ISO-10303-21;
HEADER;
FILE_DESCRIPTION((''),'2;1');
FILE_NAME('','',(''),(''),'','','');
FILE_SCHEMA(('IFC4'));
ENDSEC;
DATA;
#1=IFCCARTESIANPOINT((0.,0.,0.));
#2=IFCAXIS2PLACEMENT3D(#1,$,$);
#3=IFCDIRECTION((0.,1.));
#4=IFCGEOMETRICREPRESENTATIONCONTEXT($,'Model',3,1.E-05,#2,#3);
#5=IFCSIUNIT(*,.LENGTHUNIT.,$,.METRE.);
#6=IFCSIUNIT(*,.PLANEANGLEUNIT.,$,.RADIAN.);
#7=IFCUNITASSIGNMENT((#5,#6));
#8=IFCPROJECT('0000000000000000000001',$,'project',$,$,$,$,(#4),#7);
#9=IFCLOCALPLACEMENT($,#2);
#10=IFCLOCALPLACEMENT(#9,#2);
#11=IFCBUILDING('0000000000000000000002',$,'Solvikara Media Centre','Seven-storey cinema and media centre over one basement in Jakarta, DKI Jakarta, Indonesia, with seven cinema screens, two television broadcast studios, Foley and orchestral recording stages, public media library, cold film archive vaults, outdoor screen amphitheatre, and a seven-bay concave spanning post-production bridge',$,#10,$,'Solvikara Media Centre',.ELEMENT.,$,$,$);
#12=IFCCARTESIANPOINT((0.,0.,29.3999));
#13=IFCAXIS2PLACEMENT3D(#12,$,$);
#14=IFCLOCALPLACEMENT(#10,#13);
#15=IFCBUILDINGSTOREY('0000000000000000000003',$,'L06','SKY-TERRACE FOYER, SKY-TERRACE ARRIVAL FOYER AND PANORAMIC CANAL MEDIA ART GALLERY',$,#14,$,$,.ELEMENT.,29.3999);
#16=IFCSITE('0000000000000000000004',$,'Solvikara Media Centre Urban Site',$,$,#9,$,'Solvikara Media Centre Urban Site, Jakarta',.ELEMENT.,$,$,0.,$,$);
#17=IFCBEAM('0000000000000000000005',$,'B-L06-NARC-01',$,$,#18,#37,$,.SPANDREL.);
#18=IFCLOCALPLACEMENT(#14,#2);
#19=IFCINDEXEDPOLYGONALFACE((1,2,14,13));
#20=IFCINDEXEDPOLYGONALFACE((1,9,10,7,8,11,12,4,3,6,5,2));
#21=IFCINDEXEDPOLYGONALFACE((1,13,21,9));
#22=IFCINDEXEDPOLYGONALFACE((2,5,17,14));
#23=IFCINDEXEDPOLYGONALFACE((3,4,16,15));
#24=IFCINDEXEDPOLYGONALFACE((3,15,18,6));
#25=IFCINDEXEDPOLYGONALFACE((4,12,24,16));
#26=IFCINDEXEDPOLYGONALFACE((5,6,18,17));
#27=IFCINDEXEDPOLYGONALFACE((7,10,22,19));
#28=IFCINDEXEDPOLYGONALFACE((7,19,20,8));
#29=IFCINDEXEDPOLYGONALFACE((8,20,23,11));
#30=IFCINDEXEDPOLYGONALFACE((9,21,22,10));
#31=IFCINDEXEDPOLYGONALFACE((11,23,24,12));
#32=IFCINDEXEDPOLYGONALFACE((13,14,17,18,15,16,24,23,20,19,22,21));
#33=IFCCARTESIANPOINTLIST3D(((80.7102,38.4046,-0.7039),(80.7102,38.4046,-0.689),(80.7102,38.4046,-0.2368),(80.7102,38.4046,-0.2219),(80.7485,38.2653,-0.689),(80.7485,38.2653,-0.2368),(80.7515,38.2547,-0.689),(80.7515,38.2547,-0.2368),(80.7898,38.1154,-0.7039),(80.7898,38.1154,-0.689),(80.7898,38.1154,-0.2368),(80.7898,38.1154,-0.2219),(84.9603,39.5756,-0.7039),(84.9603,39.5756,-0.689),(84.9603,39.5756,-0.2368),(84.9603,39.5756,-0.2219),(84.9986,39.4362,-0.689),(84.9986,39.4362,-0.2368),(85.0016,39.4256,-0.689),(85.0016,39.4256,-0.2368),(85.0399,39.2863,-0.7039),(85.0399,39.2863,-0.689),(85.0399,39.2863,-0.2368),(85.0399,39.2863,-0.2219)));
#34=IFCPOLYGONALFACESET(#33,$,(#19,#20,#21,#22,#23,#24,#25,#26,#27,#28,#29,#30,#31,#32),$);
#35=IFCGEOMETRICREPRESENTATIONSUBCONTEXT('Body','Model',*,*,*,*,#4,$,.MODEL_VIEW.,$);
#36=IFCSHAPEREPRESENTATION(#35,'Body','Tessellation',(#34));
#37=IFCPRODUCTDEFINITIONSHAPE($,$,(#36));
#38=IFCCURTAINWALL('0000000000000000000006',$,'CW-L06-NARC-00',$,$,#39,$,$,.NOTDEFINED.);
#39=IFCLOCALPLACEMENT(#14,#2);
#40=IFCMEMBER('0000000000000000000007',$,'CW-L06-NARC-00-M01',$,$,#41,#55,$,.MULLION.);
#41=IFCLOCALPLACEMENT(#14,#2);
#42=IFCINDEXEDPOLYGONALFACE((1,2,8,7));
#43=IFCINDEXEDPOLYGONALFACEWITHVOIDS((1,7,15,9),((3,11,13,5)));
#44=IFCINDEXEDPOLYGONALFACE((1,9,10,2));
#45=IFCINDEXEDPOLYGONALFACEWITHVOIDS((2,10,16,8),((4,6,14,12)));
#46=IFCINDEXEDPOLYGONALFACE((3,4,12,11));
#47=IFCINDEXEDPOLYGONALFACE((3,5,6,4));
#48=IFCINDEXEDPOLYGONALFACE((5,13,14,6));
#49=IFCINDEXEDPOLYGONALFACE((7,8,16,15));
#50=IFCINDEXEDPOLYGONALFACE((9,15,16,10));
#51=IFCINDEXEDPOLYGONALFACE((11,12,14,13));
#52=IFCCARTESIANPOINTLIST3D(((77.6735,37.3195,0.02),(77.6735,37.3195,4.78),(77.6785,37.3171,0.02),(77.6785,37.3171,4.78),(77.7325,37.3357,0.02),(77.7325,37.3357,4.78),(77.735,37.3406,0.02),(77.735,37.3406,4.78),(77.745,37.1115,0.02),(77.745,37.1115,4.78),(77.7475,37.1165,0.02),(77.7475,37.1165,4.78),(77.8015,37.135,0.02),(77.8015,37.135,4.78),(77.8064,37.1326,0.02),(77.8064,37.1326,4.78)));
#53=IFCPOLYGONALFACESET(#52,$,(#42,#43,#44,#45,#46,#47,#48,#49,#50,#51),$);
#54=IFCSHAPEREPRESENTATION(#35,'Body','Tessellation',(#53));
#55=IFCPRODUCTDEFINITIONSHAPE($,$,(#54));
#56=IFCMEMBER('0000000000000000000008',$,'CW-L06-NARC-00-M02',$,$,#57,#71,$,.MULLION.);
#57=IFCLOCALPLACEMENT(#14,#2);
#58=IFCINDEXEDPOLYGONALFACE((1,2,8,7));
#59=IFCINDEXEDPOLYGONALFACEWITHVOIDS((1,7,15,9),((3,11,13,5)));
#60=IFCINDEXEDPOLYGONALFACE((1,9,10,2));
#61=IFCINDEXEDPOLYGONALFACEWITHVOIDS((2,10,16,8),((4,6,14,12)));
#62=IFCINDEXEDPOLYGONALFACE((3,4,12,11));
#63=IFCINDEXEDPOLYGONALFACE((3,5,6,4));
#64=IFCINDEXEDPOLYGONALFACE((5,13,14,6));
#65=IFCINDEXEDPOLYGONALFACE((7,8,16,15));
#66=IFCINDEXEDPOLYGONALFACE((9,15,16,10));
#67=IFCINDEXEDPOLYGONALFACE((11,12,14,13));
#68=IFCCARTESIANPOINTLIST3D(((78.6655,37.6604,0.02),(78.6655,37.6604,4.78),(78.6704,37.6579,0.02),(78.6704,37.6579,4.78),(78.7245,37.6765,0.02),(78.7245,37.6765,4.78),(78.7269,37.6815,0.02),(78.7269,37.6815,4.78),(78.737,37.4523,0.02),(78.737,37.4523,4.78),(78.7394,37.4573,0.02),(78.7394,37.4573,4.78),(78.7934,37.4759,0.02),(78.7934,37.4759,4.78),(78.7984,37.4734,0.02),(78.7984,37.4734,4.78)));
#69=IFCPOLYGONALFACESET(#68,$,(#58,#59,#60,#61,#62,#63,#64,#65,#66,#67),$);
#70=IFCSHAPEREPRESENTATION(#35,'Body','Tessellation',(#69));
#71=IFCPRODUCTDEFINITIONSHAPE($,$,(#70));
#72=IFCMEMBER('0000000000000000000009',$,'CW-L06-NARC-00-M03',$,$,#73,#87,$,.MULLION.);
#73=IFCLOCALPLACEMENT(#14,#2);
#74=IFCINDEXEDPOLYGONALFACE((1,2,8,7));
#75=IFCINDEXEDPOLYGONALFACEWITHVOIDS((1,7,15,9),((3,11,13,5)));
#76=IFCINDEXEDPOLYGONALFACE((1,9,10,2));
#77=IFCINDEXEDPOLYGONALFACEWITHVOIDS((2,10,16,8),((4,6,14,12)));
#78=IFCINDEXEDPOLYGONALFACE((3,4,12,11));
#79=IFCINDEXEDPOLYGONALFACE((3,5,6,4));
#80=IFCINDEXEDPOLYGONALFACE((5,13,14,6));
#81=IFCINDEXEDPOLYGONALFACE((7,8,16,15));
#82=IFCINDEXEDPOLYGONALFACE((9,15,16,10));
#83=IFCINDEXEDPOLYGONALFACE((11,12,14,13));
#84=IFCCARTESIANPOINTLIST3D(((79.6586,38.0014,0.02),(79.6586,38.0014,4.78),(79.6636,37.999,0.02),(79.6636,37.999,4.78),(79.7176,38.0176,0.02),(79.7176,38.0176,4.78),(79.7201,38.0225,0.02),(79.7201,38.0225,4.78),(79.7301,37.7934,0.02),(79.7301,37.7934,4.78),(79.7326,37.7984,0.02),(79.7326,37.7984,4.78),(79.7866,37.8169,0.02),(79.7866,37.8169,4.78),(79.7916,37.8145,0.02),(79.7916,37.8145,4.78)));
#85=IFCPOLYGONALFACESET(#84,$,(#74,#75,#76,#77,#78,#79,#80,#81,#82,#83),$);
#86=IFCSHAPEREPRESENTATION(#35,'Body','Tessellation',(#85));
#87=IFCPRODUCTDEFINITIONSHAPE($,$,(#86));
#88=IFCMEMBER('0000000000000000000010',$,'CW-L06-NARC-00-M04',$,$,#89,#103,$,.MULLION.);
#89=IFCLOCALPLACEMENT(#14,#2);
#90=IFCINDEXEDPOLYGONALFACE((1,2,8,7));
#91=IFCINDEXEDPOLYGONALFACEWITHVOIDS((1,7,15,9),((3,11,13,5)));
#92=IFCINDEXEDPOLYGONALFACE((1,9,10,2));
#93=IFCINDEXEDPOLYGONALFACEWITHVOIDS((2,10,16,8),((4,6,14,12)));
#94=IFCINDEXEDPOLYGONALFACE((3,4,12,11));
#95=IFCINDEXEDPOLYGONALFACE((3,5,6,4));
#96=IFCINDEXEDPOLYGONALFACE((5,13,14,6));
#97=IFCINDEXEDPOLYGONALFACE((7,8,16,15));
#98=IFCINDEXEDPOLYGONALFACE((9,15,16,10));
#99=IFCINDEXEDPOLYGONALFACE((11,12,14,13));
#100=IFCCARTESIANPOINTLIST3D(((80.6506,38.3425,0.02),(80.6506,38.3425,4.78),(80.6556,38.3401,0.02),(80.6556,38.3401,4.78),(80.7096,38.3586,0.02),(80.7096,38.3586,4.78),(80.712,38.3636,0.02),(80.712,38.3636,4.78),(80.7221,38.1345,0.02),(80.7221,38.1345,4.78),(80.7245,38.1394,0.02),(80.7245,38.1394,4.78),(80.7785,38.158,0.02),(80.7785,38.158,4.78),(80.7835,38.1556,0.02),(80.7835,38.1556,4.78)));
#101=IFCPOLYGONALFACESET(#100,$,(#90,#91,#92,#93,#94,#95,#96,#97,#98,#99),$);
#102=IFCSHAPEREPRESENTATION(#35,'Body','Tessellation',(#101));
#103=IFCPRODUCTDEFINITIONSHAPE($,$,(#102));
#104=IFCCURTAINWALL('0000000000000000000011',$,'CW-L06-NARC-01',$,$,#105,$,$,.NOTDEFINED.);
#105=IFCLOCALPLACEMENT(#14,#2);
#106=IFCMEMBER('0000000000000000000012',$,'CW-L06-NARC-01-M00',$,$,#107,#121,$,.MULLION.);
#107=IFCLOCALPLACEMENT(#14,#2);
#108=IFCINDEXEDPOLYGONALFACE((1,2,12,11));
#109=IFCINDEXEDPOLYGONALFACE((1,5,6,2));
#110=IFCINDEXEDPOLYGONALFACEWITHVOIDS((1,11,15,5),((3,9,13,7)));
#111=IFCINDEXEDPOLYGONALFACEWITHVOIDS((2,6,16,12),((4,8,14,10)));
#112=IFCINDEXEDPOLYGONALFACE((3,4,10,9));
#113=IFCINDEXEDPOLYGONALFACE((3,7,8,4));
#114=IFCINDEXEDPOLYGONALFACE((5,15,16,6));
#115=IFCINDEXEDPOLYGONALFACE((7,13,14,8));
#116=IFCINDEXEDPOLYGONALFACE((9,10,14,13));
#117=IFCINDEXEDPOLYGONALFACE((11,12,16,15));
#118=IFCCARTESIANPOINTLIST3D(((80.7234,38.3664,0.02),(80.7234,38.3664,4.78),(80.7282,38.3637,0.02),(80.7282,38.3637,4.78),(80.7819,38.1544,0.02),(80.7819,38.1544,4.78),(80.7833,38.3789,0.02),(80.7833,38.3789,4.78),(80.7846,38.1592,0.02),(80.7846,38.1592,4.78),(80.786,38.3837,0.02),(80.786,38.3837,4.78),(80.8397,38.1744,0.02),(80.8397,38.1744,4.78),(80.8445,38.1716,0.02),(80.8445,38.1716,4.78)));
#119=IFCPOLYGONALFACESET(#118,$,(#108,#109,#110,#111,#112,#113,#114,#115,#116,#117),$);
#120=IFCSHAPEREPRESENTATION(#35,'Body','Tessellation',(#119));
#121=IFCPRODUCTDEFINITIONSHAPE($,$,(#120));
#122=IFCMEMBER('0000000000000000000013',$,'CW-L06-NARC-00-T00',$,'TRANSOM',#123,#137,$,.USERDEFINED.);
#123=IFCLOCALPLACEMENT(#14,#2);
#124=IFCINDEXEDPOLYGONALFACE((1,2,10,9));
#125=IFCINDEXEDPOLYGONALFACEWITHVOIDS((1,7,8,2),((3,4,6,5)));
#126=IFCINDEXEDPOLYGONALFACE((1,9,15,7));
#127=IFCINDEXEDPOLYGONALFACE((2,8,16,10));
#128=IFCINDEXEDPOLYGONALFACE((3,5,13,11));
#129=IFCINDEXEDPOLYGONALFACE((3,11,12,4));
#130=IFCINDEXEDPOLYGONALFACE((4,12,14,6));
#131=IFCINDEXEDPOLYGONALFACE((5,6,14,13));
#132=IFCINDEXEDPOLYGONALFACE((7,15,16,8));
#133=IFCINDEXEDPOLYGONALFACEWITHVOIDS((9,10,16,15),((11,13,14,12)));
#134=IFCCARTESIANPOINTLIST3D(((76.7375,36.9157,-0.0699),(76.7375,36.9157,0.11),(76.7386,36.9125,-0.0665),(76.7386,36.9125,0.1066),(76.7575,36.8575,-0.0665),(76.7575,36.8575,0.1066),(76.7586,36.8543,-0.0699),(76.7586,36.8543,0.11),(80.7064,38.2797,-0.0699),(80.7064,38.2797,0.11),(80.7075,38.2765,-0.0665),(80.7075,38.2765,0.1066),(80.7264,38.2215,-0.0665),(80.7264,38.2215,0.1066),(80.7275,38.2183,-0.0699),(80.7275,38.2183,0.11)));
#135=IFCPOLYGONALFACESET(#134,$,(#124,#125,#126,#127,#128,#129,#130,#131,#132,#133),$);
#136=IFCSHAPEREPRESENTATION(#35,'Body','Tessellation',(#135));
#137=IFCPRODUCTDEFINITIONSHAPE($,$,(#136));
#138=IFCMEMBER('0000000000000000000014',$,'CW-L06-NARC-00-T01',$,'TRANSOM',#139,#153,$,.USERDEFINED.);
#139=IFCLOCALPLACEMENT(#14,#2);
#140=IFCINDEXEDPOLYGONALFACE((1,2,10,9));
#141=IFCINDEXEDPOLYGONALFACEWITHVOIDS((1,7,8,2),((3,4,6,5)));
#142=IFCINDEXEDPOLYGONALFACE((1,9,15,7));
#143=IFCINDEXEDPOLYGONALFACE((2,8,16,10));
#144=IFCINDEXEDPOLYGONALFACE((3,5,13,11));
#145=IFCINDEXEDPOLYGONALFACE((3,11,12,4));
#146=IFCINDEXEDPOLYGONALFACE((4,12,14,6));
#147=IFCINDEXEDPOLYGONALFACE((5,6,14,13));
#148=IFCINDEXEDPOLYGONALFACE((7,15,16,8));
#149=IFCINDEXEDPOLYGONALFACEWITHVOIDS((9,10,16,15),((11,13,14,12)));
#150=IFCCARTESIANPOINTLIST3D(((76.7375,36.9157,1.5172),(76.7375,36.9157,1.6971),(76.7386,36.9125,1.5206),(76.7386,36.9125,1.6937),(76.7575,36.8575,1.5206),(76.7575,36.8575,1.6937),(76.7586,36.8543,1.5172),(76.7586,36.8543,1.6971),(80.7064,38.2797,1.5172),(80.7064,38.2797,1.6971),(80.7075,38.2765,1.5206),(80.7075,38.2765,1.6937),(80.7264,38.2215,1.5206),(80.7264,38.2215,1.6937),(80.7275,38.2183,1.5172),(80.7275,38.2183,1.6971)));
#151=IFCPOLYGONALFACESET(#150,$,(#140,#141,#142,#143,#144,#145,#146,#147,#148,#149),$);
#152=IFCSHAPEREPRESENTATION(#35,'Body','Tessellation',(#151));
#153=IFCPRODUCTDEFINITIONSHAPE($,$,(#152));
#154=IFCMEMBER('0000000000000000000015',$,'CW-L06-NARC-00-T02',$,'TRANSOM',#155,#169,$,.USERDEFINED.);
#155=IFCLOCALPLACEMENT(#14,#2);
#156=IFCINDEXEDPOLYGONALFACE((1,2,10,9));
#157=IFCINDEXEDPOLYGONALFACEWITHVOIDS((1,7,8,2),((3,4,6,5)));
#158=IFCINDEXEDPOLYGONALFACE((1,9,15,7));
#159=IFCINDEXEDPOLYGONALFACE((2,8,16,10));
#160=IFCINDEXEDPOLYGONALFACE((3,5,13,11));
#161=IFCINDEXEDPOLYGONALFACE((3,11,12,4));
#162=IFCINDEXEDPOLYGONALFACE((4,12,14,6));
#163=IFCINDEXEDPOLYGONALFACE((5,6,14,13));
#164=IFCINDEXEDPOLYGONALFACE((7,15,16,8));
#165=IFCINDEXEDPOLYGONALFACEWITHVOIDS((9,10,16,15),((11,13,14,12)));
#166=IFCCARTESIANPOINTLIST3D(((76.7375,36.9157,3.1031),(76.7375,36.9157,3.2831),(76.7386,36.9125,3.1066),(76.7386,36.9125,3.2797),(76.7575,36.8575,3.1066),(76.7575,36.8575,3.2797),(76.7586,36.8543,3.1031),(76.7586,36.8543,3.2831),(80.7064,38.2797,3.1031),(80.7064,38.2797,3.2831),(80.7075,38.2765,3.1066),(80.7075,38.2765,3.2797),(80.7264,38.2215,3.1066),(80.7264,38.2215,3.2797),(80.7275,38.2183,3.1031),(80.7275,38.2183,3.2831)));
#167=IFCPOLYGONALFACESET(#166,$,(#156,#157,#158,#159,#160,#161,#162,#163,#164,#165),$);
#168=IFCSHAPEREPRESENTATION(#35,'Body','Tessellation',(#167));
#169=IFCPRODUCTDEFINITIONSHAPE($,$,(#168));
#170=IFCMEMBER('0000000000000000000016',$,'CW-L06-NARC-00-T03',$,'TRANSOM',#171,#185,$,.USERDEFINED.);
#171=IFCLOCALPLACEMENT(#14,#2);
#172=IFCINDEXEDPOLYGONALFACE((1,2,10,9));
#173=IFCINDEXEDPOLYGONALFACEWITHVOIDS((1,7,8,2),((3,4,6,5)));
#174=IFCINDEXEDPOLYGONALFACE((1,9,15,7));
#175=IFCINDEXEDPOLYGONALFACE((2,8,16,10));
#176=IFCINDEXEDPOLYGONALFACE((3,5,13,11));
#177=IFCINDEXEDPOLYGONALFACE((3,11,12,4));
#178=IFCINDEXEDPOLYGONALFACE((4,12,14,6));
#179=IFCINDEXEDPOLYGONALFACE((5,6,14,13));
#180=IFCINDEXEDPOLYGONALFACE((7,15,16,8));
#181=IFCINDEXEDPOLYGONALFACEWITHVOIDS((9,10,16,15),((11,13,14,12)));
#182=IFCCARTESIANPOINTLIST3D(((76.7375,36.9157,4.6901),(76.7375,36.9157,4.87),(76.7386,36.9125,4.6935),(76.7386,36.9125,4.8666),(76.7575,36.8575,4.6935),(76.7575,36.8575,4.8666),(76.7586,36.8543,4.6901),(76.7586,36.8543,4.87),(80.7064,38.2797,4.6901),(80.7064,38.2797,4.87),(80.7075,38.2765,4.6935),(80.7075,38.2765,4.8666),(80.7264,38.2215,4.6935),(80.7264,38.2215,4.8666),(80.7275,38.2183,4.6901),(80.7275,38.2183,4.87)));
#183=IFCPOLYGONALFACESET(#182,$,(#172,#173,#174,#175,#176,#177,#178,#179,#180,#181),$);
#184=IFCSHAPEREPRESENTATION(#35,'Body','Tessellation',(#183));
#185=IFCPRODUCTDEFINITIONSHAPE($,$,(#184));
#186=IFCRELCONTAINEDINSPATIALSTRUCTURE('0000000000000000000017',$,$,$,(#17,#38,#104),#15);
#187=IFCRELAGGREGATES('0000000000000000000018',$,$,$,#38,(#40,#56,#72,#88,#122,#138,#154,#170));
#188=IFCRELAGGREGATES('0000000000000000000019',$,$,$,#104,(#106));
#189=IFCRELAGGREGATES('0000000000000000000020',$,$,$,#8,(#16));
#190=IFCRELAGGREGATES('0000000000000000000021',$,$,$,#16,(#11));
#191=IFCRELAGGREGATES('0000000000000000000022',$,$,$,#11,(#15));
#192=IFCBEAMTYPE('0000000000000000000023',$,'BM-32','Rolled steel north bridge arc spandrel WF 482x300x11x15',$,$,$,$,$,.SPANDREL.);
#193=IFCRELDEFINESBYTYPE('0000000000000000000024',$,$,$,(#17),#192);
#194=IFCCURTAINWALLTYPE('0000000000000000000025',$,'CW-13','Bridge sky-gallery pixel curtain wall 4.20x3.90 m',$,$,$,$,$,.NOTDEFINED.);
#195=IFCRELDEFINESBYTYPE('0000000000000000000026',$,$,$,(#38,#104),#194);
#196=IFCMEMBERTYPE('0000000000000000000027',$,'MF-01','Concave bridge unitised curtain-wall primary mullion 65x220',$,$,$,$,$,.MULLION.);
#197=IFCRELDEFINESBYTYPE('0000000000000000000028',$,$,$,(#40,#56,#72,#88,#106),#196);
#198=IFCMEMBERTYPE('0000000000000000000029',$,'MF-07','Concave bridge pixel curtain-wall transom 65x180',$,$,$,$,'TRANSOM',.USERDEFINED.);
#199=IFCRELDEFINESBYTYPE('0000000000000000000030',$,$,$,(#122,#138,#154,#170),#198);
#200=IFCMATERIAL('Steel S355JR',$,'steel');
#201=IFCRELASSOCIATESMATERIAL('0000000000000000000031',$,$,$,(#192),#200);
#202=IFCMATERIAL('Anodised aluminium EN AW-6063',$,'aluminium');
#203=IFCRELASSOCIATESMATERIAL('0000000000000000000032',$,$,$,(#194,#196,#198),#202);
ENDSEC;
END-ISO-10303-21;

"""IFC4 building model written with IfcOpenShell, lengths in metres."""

from ifc_helpers import new_model, si_unit, direction, frame, origin, origin_2d, place, context, subcontext, project, spatial, hollow_rectangle, i_section, extrude, material, material_profile, profile_set, type_object, element, aggregate, save


model = new_model("IFC4")

# Units and contexts
model_context = context("Model", 3, precision=1e-05, world=origin(), true_north=direction((0.0, 1.0)))
body_context = subcontext(model_context, "Body", "Model", "MODEL_VIEW")
ifc_project = project(units=[si_unit("LENGTHUNIT", "METRE"), si_unit("PLANEANGLEUNIT", "RADIAN")], contexts=[model_context])

# Site, building, storey
site_placement = place(None, origin())
site = spatial("IfcSite", under=ifc_project, at=site_placement, Name="Solvikara Media Centre Urban Site", LongName="Solvikara Media Centre Urban Site, Jakarta", CompositionType="ELEMENT", RefElevation=0.0)
building_placement = place(site_placement, origin())
building = spatial("IfcBuilding", under=site, at=building_placement, Name="Solvikara Media Centre", Description="Seven-storey cinema and media centre over one basement in Jakarta, DKI Jakarta, Indonesia, with seven cinema screens, two television broadcast studios, Foley and orchestral recording stages, public media library, cold film archive vaults, outdoor screen amphitheatre, and a seven-bay concave spanning post-production bridge", LongName="Solvikara Media Centre", CompositionType="ELEMENT")
storey_placement = place(building_placement, frame((0.0, 0.0, 29.3999)))
storey = spatial("IfcBuildingStorey", under=building, at=storey_placement, Name="L06", Description="SKY-TERRACE FOYER, SKY-TERRACE ARRIVAL FOYER AND PANORAMIC CANAL MEDIA ART GALLERY", CompositionType="ELEMENT", Elevation=29.3999)

# Beam
ifc_material_1 = material(Name="Steel S355JR", Category="steel")
ifc_material_profile_1 = material_profile(ifc_material_1, i_section(OverallWidth=0.3, OverallDepth=0.4819, WebThickness=0.011, FlangeThickness=0.0149, at=origin_2d()), Name="WF 482x300x11x15")
ifc_profile_set_1 = profile_set([ifc_material_profile_1], Name="Steel S355JR")
beam_type = type_object("IfcBeamType", Name="BM-32", Description="Rolled steel north bridge arc spandrel WF 482x300x11x15", PredefinedType="SPANDREL", material=ifc_profile_set_1)
beam_placement = place(storey_placement, frame((80.75, 38.26, -0.4629), z_axis=(0.964081, 0.26561, 0.0), x_axis=(-0.26561, 0.964081, 0.0)))
element("IfcBeam", 1, at=beam_placement, inside=storey, type_object=beam_type, Name="B-L06-NARC-01", PredefinedType="SPANDREL", context=body_context, shape_type="SweptSolid", body=[
    extrude(i_section(OverallWidth=0.3, OverallDepth=0.4819, WebThickness=0.011, FlangeThickness=0.0149, at=origin_2d()), origin(), (0.0, 0.0, 1.0), 4.4084),
])

# Curtain wall, members
ifc_material_2 = material(Name="Anodised aluminium EN AW-6063", Category="aluminium")
curtain_wall_type = type_object("IfcCurtainWallType", Name="CW-13", Description="Bridge sky-gallery pixel curtain wall 4.20x3.90 m", PredefinedType="NOTDEFINED", material=ifc_material_2)
curtain_wall_1_placement = place(storey_placement, origin())
curtain_wall_1 = element("IfcCurtainWall", 2, at=curtain_wall_1_placement, inside=storey, type_object=curtain_wall_type, Name="CW-L06-NARC-00", PredefinedType="NOTDEFINED")
ifc_material_profile_2 = material_profile(ifc_material_2, hollow_rectangle(XDim=0.0649, YDim=0.22, WallThickness=0.0039, at=origin_2d()), Name="ALU-M 65x220x4")
ifc_profile_set_2 = profile_set([ifc_material_profile_2], Name="Anodised aluminium EN AW-6063")
member_type_1 = type_object("IfcMemberType", Name="MF-01", Description="Concave bridge unitised curtain-wall primary mullion 65x220", PredefinedType="MULLION", material=ifc_profile_set_2)
member_1_placement = place(storey_placement, frame((77.74, 37.2261, 0.02), z_axis=(0.0, 0.0, 1.0), x_axis=(0.945712, 0.325007, 0.0)))
member_1 = element("IfcMember", 3, at=member_1_placement, type_object=member_type_1, Name="CW-L06-NARC-00-M01", PredefinedType="MULLION", context=body_context, shape_type="SweptSolid", body=[
    extrude(hollow_rectangle(XDim=0.0649, YDim=0.22, WallThickness=0.0039, at=origin_2d()), origin(), (0.0, 0.0, 1.0), 4.76),
])
member_2_placement = place(storey_placement, frame((78.7319, 37.5669, 0.02), z_axis=(0.0, 0.0, 1.0), x_axis=(0.945712, 0.325007, 0.0)))
member_2 = element("IfcMember", 4, at=member_2_placement, type_object=member_type_1, Name="CW-L06-NARC-00-M02", PredefinedType="MULLION", context=body_context, shape_type="SweptSolid", body=[
    extrude(hollow_rectangle(XDim=0.0649, YDim=0.22, WallThickness=0.0039, at=origin_2d()), origin(), (0.0, 0.0, 1.0), 4.76),
])
member_3_placement = place(storey_placement, frame((79.7251, 37.908, 0.02), z_axis=(0.0, 0.0, 1.0), x_axis=(0.945712, 0.325007, 0.0)))
member_3 = element("IfcMember", 5, at=member_3_placement, type_object=member_type_1, Name="CW-L06-NARC-00-M03", PredefinedType="MULLION", context=body_context, shape_type="SweptSolid", body=[
    extrude(hollow_rectangle(XDim=0.0649, YDim=0.22, WallThickness=0.0039, at=origin_2d()), origin(), (0.0, 0.0, 1.0), 4.76),
])
member_4_placement = place(storey_placement, frame((80.717, 38.249, 0.02), z_axis=(0.0, 0.0, 1.0), x_axis=(0.945712, 0.325007, 0.0)))
member_4 = element("IfcMember", 6, at=member_4_placement, type_object=member_type_1, Name="CW-L06-NARC-00-M04", PredefinedType="MULLION", context=body_context, shape_type="SweptSolid", body=[
    extrude(hollow_rectangle(XDim=0.0649, YDim=0.22, WallThickness=0.0039, at=origin_2d()), origin(), (0.0, 0.0, 1.0), 4.76),
])

# Curtain wall, member
curtain_wall_2_placement = place(storey_placement, origin())
curtain_wall_2 = element("IfcCurtainWall", 7, at=curtain_wall_2_placement, inside=storey, type_object=curtain_wall_type, Name="CW-L06-NARC-01", PredefinedType="NOTDEFINED")
member_5_placement = place(storey_placement, frame((80.7839, 38.269, 0.02), z_axis=(0.0, 0.0, 1.0), x_axis=(0.96403, 0.265792, 0.0)))
member_5 = element("IfcMember", 8, at=member_5_placement, type_object=member_type_1, Name="CW-L06-NARC-01-M00", PredefinedType="MULLION", context=body_context, shape_type="SweptSolid", body=[
    extrude(hollow_rectangle(XDim=0.0649, YDim=0.22, WallThickness=0.0039, at=origin_2d()), origin(), (0.0, 0.0, 1.0), 4.76),
])

# Members
ifc_material_profile_3 = material_profile(ifc_material_2, hollow_rectangle(XDim=0.0649, YDim=0.1799, WallThickness=0.0034, at=origin_2d()), Name="ALU-T 65x180x3.5")
ifc_profile_set_3 = profile_set([ifc_material_profile_3], Name="Anodised aluminium EN AW-6063")
member_type_2 = type_object("IfcMemberType", Name="MF-07", Description="Concave bridge pixel curtain-wall transom 65x180", ElementType="TRANSOM", PredefinedType="USERDEFINED", material=ifc_profile_set_3)
member_6_placement = place(storey_placement, frame((76.748, 36.885, 0.02), z_axis=(0.945711, 0.32501, 0.0), x_axis=(-0.32501, 0.945711, 0.0)))
member_6 = element("IfcMember", 9, at=member_6_placement, type_object=member_type_2, Name="CW-L06-NARC-00-T00", ObjectType="TRANSOM", PredefinedType="USERDEFINED", context=body_context, shape_type="SweptSolid", body=[
    extrude(hollow_rectangle(XDim=0.0649, YDim=0.1799, WallThickness=0.0034, at=origin_2d()), origin(), (0.0, 0.0, 1.0), 4.1968),
])
member_7_placement = place(storey_placement, frame((76.748, 36.885, 1.6072), z_axis=(0.945711, 0.32501, 0.0), x_axis=(-0.32501, 0.945711, 0.0)))
member_7 = element("IfcMember", 10, at=member_7_placement, type_object=member_type_2, Name="CW-L06-NARC-00-T01", ObjectType="TRANSOM", PredefinedType="USERDEFINED", context=body_context, shape_type="SweptSolid", body=[
    extrude(hollow_rectangle(XDim=0.0649, YDim=0.1799, WallThickness=0.0034, at=origin_2d()), origin(), (0.0, 0.0, 1.0), 4.1968),
])
member_8_placement = place(storey_placement, frame((76.748, 36.885, 3.1931), z_axis=(0.945711, 0.32501, 0.0), x_axis=(-0.32501, 0.945711, 0.0)))
member_8 = element("IfcMember", 11, at=member_8_placement, type_object=member_type_2, Name="CW-L06-NARC-00-T02", ObjectType="TRANSOM", PredefinedType="USERDEFINED", context=body_context, shape_type="SweptSolid", body=[
    extrude(hollow_rectangle(XDim=0.0649, YDim=0.1799, WallThickness=0.0034, at=origin_2d()), origin(), (0.0, 0.0, 1.0), 4.1968),
])
member_9_placement = place(storey_placement, frame((76.748, 36.885, 4.78), z_axis=(0.945711, 0.32501, 0.0), x_axis=(-0.32501, 0.945711, 0.0)))
member_9 = element("IfcMember", 12, at=member_9_placement, type_object=member_type_2, Name="CW-L06-NARC-00-T03", ObjectType="TRANSOM", PredefinedType="USERDEFINED", context=body_context, shape_type="SweptSolid", body=[
    extrude(hollow_rectangle(XDim=0.0649, YDim=0.1799, WallThickness=0.0034, at=origin_2d()), origin(), (0.0, 0.0, 1.0), 4.1968),
])

aggregate(curtain_wall_1, [member_1, member_2, member_3, member_4, member_6, member_7, member_8, member_9])
aggregate(curtain_wall_2, [member_5])

save(model, "model.ifc")
